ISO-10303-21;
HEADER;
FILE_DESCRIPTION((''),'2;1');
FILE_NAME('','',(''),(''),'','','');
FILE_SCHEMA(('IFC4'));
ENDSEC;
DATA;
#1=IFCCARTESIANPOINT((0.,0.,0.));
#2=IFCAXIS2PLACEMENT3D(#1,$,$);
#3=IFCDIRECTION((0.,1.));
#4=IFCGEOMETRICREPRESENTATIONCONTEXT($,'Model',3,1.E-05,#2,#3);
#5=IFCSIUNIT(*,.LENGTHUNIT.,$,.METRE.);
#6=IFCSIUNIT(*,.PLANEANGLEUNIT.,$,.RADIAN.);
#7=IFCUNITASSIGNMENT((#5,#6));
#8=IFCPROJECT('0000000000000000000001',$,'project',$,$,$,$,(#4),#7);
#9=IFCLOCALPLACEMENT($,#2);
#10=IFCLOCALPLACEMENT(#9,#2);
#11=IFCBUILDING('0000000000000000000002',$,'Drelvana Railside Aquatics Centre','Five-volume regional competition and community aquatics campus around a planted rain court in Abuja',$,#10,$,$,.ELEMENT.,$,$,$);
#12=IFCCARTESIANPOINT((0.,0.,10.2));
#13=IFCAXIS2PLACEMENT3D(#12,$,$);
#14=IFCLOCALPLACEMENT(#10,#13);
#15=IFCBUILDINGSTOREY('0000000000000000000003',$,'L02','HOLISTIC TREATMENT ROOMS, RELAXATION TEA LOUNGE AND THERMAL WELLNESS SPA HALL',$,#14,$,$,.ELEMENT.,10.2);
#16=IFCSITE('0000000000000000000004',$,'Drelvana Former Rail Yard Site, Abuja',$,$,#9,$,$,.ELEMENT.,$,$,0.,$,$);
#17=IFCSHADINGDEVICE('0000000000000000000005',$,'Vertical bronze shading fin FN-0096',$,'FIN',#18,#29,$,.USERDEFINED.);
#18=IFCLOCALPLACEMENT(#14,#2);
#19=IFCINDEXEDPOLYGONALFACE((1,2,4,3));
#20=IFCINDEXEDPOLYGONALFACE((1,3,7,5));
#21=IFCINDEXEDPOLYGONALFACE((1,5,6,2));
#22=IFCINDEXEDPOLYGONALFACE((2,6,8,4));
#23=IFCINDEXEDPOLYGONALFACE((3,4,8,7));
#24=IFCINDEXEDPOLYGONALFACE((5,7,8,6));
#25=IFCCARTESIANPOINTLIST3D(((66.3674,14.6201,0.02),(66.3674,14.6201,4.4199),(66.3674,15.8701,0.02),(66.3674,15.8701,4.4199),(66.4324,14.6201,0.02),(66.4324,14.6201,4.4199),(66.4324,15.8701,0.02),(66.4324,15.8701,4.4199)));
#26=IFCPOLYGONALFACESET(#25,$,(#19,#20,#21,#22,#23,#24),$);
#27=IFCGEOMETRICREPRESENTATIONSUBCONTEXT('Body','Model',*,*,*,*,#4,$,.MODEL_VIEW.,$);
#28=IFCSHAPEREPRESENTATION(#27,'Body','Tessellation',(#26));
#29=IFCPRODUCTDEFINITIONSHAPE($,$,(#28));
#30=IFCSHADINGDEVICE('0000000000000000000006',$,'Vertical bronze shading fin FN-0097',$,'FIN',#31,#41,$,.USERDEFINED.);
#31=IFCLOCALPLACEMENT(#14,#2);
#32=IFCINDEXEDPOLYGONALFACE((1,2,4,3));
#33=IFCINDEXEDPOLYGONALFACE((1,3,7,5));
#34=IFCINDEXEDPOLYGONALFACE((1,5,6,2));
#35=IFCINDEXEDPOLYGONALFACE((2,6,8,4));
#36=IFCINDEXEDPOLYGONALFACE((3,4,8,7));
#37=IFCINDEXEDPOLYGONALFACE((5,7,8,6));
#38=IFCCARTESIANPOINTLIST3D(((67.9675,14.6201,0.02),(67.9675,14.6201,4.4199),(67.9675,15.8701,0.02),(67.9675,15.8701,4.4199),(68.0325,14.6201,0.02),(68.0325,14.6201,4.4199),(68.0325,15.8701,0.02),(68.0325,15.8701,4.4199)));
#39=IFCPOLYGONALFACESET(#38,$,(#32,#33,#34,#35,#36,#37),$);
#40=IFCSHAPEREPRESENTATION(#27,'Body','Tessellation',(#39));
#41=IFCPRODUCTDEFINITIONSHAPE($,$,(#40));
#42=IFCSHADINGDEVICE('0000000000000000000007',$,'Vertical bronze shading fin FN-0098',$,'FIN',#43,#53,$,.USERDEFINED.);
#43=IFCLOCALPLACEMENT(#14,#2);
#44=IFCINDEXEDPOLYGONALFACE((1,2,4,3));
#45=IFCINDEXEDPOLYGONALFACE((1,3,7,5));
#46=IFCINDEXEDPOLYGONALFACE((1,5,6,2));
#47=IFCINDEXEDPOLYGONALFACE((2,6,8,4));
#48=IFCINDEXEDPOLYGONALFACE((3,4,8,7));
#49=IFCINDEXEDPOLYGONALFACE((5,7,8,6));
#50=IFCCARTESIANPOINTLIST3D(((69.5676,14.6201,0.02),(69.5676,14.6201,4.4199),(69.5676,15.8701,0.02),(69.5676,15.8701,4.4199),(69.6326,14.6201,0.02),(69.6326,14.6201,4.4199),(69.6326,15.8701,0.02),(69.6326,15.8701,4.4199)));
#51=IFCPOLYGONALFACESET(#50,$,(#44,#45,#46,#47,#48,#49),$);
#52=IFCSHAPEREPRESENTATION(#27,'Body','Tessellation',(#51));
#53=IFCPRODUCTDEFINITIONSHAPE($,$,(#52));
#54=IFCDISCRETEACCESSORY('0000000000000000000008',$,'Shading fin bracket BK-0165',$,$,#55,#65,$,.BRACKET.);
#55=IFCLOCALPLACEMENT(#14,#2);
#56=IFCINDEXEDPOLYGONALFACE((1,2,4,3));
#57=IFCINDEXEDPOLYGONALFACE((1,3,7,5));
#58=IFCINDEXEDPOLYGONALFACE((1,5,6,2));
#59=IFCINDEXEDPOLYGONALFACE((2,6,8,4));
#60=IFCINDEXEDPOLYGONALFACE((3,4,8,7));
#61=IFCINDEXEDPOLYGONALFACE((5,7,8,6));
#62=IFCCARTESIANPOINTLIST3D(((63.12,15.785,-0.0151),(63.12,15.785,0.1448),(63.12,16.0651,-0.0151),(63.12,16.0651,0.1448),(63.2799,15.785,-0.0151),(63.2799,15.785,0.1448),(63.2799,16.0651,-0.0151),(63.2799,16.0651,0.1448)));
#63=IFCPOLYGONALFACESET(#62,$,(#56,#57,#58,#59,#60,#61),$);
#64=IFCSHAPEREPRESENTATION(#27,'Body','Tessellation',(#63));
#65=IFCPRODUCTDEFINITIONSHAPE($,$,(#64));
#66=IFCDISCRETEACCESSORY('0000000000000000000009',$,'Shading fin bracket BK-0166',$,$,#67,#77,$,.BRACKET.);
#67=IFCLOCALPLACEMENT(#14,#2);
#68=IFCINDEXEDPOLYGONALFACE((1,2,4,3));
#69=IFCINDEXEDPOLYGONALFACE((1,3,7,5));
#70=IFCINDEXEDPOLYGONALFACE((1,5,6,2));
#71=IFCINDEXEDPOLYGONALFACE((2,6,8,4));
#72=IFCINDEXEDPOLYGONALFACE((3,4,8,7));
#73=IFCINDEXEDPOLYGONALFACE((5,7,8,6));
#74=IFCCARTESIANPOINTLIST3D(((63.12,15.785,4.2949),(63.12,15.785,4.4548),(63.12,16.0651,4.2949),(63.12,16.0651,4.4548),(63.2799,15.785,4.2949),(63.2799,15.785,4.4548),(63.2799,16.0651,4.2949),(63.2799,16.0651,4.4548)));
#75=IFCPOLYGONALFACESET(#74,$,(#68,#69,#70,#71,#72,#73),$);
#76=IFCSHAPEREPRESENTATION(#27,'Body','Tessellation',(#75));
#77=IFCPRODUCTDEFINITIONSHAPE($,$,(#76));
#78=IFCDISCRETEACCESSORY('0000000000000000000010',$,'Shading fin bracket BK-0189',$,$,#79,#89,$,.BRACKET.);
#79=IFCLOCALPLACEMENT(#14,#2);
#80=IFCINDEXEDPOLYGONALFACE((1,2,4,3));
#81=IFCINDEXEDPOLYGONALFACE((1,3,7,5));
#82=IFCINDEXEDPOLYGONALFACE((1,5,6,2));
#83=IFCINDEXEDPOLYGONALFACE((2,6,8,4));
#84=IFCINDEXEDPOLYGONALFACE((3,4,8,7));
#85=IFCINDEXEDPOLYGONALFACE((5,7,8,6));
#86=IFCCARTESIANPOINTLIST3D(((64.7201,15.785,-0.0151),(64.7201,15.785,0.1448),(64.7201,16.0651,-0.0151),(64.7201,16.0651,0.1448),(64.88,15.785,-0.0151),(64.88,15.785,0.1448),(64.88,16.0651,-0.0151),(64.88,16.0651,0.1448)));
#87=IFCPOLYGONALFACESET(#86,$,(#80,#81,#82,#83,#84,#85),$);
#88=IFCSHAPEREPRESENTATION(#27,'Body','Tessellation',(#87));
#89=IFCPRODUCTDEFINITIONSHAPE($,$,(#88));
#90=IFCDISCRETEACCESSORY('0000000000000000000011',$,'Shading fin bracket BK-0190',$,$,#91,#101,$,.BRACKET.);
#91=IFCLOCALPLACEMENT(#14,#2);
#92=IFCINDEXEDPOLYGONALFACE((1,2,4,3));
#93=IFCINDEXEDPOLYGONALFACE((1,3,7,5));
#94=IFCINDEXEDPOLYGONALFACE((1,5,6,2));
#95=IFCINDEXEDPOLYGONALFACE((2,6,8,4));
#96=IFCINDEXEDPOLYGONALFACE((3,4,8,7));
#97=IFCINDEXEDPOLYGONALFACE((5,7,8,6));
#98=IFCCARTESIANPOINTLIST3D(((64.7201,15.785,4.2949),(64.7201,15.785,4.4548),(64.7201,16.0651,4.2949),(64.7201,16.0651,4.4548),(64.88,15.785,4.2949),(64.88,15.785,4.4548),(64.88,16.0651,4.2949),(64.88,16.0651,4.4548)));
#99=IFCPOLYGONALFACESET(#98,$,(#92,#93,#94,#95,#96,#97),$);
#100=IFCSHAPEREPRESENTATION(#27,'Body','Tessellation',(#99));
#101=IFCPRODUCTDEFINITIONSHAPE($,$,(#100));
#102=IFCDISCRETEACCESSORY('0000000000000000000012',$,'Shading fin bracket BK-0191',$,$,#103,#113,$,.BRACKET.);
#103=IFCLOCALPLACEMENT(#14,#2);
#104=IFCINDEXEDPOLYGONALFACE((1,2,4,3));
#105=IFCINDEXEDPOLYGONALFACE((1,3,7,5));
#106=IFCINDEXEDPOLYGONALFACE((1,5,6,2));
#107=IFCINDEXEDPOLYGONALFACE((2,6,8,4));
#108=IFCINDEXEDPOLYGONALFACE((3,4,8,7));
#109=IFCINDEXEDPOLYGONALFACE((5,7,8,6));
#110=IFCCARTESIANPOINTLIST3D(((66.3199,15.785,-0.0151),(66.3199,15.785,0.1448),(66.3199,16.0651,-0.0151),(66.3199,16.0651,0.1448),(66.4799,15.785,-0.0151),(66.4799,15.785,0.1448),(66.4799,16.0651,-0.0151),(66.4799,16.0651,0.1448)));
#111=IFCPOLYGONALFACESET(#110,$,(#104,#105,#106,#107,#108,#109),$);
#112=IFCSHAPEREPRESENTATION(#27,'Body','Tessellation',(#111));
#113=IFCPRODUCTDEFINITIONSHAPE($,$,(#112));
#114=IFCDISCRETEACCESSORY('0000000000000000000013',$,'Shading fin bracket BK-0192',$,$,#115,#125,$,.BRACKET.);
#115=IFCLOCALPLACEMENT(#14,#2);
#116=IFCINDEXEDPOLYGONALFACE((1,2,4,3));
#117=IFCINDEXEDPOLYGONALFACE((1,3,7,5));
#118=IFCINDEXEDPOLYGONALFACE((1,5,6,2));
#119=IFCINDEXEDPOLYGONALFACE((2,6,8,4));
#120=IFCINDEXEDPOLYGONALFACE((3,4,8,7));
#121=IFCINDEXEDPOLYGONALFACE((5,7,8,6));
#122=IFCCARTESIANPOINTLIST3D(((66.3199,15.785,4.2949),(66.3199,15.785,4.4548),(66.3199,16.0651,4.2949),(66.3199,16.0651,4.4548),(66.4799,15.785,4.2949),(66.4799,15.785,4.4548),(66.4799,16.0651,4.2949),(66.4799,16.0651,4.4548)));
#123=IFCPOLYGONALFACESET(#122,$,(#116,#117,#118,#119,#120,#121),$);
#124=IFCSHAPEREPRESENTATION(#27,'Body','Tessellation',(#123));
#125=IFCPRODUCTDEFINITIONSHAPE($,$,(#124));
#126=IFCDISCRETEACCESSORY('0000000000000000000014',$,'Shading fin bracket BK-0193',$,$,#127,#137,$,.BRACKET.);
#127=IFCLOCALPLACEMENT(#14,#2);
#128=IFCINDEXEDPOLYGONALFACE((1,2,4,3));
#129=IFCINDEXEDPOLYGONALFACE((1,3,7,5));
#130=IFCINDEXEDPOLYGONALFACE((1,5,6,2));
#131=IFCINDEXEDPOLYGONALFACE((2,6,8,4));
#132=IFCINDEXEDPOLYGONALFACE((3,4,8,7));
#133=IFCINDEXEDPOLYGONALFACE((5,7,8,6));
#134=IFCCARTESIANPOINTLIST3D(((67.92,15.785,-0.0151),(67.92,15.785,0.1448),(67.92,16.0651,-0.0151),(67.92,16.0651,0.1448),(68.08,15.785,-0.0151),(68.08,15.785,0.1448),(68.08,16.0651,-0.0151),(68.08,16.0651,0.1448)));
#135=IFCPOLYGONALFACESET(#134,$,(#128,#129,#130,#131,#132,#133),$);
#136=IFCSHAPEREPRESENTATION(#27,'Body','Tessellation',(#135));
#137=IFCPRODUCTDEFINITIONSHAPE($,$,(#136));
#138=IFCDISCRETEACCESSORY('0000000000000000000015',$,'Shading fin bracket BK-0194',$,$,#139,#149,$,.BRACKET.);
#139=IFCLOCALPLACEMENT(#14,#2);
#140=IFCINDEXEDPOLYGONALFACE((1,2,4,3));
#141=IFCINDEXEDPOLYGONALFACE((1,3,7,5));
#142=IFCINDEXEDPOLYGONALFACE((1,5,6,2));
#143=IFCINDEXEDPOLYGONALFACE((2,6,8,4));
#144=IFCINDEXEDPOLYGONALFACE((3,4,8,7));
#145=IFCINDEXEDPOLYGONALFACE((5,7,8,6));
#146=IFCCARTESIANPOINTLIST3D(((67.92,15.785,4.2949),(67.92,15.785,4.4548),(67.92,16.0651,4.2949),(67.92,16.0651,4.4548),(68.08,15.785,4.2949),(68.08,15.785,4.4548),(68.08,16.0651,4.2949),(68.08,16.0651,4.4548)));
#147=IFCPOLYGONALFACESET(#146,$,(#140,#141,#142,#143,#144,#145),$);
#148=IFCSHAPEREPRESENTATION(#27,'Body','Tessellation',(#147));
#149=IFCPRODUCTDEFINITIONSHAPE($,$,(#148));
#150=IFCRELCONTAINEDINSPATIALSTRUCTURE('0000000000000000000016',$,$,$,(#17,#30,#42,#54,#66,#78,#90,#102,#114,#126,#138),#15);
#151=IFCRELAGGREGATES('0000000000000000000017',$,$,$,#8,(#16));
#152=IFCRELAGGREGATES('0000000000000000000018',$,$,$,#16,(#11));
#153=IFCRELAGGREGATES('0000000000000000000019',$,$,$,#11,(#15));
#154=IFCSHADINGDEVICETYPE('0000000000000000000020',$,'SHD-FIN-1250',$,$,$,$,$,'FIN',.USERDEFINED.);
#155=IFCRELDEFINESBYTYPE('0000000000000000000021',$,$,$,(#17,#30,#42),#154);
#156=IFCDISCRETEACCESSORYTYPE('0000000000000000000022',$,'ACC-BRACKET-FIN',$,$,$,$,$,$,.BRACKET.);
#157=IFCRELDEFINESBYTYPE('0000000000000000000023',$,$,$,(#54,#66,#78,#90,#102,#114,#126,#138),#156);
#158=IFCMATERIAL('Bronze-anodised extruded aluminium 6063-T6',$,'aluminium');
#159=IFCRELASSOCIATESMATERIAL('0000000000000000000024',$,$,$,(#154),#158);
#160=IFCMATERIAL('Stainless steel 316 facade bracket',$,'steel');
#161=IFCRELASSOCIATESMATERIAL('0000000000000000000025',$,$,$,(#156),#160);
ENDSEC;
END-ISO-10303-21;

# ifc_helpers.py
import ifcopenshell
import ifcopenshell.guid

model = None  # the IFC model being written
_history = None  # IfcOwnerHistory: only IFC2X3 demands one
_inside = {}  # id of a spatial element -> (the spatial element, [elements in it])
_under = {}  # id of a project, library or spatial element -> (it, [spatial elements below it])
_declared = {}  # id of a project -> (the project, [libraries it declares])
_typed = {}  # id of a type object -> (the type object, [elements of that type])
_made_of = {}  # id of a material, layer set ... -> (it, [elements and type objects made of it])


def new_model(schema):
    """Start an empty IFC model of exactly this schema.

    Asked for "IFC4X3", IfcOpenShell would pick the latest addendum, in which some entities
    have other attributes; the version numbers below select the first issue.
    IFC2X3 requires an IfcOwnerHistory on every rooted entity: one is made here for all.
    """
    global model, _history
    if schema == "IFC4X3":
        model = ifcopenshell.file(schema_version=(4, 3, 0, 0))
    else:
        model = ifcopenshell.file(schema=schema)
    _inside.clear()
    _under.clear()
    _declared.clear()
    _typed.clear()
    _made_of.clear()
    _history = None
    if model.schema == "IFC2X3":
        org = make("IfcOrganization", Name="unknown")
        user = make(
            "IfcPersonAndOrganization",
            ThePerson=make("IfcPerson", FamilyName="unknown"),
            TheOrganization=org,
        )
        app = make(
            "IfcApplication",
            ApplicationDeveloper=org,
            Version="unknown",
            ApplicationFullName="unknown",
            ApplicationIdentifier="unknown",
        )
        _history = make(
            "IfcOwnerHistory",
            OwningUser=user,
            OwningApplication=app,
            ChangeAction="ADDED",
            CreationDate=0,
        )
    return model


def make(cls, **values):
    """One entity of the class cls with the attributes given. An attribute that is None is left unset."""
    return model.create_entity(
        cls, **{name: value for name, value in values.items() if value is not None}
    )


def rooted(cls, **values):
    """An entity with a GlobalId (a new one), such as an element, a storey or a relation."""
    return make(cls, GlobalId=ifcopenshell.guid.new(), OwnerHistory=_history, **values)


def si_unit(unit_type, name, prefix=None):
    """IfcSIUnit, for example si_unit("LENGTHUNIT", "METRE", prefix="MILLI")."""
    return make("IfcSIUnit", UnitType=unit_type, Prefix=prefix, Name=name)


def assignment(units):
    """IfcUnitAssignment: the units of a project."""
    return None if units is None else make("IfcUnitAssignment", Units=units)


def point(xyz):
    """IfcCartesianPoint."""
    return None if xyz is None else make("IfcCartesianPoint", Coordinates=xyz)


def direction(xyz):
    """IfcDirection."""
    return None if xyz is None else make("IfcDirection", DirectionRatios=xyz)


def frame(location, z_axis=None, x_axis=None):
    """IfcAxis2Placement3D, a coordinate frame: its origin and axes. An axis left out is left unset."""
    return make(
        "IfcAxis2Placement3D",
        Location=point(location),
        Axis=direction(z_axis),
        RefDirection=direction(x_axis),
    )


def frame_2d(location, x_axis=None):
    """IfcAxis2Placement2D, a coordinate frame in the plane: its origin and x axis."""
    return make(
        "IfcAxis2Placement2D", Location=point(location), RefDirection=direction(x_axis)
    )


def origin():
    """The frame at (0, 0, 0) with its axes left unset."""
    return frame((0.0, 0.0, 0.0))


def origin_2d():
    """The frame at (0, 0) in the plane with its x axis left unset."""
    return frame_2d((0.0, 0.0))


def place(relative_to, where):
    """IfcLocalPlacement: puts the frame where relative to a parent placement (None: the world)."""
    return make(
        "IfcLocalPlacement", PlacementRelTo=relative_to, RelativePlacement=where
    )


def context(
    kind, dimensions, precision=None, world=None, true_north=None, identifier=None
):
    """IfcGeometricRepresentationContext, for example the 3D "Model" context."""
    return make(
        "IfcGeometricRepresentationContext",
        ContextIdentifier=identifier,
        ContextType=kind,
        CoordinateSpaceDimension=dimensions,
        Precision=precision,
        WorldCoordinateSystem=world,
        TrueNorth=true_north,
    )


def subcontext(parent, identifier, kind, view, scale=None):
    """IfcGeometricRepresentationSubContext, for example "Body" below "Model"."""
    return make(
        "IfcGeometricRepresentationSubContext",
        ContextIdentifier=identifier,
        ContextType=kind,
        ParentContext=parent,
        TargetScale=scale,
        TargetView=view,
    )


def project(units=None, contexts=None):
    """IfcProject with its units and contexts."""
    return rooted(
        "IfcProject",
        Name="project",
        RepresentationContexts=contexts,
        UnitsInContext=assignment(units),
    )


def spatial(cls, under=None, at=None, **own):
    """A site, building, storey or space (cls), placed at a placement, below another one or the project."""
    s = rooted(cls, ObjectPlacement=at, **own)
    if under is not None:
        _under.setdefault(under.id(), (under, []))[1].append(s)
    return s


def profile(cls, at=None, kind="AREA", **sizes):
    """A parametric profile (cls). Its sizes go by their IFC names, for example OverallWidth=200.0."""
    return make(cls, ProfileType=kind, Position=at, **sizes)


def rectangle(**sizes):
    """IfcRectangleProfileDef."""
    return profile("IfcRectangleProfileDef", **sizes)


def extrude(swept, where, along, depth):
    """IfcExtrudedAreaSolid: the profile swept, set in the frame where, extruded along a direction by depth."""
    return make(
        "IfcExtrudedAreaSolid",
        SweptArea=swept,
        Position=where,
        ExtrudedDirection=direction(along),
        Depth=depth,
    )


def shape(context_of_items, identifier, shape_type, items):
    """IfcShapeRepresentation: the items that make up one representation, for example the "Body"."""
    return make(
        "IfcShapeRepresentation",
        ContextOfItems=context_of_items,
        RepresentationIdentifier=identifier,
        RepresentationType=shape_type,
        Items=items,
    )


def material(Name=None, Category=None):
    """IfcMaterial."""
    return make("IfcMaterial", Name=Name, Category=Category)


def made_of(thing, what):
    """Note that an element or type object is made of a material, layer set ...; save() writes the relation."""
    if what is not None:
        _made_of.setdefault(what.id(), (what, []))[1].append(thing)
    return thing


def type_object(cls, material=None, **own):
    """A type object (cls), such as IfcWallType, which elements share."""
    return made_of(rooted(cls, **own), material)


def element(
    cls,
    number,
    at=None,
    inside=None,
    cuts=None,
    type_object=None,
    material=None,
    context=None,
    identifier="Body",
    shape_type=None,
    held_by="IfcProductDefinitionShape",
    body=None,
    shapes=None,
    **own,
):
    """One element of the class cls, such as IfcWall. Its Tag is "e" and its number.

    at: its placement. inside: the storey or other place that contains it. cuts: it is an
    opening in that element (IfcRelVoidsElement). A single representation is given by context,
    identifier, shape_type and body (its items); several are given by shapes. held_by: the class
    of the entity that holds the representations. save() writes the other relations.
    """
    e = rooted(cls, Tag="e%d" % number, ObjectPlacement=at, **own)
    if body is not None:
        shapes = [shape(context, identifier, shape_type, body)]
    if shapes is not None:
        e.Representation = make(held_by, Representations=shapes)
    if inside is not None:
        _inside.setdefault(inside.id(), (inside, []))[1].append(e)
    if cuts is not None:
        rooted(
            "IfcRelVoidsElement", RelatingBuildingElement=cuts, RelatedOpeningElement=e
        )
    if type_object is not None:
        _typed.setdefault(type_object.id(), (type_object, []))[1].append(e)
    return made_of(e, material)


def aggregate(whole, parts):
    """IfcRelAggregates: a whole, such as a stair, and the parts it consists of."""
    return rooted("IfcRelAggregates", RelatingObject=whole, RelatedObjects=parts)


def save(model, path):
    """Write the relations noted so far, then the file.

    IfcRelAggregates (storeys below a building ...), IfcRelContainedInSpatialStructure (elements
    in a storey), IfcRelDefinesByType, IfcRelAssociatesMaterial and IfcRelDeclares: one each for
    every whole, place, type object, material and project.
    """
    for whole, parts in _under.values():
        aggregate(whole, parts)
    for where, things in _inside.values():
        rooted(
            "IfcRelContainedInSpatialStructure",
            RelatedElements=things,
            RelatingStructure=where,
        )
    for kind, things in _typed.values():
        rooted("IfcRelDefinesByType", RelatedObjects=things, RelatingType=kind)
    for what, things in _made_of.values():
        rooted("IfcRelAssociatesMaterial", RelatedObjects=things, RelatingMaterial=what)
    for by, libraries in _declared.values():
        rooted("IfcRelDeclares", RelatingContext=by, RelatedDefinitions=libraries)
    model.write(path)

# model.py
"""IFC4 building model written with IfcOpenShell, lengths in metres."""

from ifc_helpers import new_model, si_unit, direction, frame, origin, origin_2d, place, context, subcontext, project, spatial, rectangle, extrude, material, type_object, element, save


model = new_model("IFC4")

# Units and contexts
model_context = context("Model", 3, precision=1e-05, world=origin(), true_north=direction((0.0, 1.0)))
body_context = subcontext(model_context, "Body", "Model", "MODEL_VIEW")
ifc_project = project(units=[si_unit("LENGTHUNIT", "METRE"), si_unit("PLANEANGLEUNIT", "RADIAN")], contexts=[model_context])

# Site, building, storey
site_placement = place(None, origin())
site = spatial("IfcSite", under=ifc_project, at=site_placement, Name="Drelvana Former Rail Yard Site, Abuja", CompositionType="ELEMENT", RefElevation=0.0)
building_placement = place(site_placement, origin())
building = spatial("IfcBuilding", under=site, at=building_placement, Name="Drelvana Railside Aquatics Centre", Description="Five-volume regional competition and community aquatics campus around a planted rain court in Abuja", CompositionType="ELEMENT")
storey_placement = place(building_placement, frame((0.0, 0.0, 10.2)))
storey = spatial("IfcBuildingStorey", under=building, at=storey_placement, Name="L02", Description="HOLISTIC TREATMENT ROOMS, RELAXATION TEA LOUNGE AND THERMAL WELLNESS SPA HALL", CompositionType="ELEMENT", Elevation=10.2)

# Shared definitions
ifc_material_1 = material(Name="Bronze-anodised extruded aluminium 6063-T6", Category="aluminium")

# Shading devices
shading_device_type = type_object("IfcShadingDeviceType", Name="SHD-FIN-1250", ElementType="FIN", PredefinedType="USERDEFINED", material=ifc_material_1)
for number, where, z_axis, x_axis, name in (
    (1, (66.3999, 15.2451, 0.02), (0.0, 0.0, 1.0), (0.0, -1.0, 0.0), "Vertical bronze shading fin FN-0096"),
    (2, (68.0, 15.2451, 0.02), (0.0, 0.0, 1.0), (0.0, -1.0, 0.0), "Vertical bronze shading fin FN-0097"),
    (3, (69.6001, 15.2451, 0.02), (0.0, 0.0, 1.0), (0.0, -1.0, 0.0), "Vertical bronze shading fin FN-0098"),
):
    element("IfcShadingDevice", number, at=place(storey_placement, frame(where, z_axis=z_axis, x_axis=x_axis)), inside=storey, type_object=shading_device_type, Name=name, ObjectType="FIN", PredefinedType="USERDEFINED", context=body_context, shape_type="SweptSolid", body=[
        extrude(rectangle(XDim=1.25, YDim=0.0649, at=origin_2d()), origin(), (0.0, 0.0, 1.0), 4.3999),
    ])

# Discrete accessories
ifc_material_2 = material(Name="Stainless steel 316 facade bracket", Category="steel")
discrete_accessory_type = type_object("IfcDiscreteAccessoryType", Name="ACC-BRACKET-FIN", PredefinedType="BRACKET", material=ifc_material_2)
for number, where, z_axis, x_axis, name in (
    (4, (63.2, 15.925, -0.0151), (0.0, 0.0, 1.0), (0.0, -1.0, 0.0), "Shading fin bracket BK-0165"),
    (5, (63.2, 15.925, 4.2949), (0.0, 0.0, 1.0), (0.0, -1.0, 0.0), "Shading fin bracket BK-0166"),
    (6, (64.8, 15.925, -0.0151), (0.0, 0.0, 1.0), (0.0, -1.0, 0.0), "Shading fin bracket BK-0189"),
    (7, (64.8, 15.925, 4.2949), (0.0, 0.0, 1.0), (0.0, -1.0, 0.0), "Shading fin bracket BK-0190"),
    (8, (66.3999, 15.925, -0.0151), (0.0, 0.0, 1.0), (0.0, -1.0, 0.0), "Shading fin bracket BK-0191"),
    (9, (66.3999, 15.925, 4.2949), (0.0, 0.0, 1.0), (0.0, -1.0, 0.0), "Shading fin bracket BK-0192"),
    (10, (68.0, 15.925, -0.0151), (0.0, 0.0, 1.0), (0.0, -1.0, 0.0), "Shading fin bracket BK-0193"),
    (11, (68.0, 15.925, 4.2949), (0.0, 0.0, 1.0), (0.0, -1.0, 0.0), "Shading fin bracket BK-0194"),
):
    element("IfcDiscreteAccessory", number, at=place(storey_placement, frame(where, z_axis=z_axis, x_axis=x_axis)), inside=storey, type_object=discrete_accessory_type, Name=name, PredefinedType="BRACKET", context=body_context, shape_type="SweptSolid", body=[
        extrude(rectangle(XDim=0.28, YDim=0.1599, at=origin_2d()), origin(), (0.0, 0.0, 1.0), 0.1599),
    ])

save(model, "model.ifc")
